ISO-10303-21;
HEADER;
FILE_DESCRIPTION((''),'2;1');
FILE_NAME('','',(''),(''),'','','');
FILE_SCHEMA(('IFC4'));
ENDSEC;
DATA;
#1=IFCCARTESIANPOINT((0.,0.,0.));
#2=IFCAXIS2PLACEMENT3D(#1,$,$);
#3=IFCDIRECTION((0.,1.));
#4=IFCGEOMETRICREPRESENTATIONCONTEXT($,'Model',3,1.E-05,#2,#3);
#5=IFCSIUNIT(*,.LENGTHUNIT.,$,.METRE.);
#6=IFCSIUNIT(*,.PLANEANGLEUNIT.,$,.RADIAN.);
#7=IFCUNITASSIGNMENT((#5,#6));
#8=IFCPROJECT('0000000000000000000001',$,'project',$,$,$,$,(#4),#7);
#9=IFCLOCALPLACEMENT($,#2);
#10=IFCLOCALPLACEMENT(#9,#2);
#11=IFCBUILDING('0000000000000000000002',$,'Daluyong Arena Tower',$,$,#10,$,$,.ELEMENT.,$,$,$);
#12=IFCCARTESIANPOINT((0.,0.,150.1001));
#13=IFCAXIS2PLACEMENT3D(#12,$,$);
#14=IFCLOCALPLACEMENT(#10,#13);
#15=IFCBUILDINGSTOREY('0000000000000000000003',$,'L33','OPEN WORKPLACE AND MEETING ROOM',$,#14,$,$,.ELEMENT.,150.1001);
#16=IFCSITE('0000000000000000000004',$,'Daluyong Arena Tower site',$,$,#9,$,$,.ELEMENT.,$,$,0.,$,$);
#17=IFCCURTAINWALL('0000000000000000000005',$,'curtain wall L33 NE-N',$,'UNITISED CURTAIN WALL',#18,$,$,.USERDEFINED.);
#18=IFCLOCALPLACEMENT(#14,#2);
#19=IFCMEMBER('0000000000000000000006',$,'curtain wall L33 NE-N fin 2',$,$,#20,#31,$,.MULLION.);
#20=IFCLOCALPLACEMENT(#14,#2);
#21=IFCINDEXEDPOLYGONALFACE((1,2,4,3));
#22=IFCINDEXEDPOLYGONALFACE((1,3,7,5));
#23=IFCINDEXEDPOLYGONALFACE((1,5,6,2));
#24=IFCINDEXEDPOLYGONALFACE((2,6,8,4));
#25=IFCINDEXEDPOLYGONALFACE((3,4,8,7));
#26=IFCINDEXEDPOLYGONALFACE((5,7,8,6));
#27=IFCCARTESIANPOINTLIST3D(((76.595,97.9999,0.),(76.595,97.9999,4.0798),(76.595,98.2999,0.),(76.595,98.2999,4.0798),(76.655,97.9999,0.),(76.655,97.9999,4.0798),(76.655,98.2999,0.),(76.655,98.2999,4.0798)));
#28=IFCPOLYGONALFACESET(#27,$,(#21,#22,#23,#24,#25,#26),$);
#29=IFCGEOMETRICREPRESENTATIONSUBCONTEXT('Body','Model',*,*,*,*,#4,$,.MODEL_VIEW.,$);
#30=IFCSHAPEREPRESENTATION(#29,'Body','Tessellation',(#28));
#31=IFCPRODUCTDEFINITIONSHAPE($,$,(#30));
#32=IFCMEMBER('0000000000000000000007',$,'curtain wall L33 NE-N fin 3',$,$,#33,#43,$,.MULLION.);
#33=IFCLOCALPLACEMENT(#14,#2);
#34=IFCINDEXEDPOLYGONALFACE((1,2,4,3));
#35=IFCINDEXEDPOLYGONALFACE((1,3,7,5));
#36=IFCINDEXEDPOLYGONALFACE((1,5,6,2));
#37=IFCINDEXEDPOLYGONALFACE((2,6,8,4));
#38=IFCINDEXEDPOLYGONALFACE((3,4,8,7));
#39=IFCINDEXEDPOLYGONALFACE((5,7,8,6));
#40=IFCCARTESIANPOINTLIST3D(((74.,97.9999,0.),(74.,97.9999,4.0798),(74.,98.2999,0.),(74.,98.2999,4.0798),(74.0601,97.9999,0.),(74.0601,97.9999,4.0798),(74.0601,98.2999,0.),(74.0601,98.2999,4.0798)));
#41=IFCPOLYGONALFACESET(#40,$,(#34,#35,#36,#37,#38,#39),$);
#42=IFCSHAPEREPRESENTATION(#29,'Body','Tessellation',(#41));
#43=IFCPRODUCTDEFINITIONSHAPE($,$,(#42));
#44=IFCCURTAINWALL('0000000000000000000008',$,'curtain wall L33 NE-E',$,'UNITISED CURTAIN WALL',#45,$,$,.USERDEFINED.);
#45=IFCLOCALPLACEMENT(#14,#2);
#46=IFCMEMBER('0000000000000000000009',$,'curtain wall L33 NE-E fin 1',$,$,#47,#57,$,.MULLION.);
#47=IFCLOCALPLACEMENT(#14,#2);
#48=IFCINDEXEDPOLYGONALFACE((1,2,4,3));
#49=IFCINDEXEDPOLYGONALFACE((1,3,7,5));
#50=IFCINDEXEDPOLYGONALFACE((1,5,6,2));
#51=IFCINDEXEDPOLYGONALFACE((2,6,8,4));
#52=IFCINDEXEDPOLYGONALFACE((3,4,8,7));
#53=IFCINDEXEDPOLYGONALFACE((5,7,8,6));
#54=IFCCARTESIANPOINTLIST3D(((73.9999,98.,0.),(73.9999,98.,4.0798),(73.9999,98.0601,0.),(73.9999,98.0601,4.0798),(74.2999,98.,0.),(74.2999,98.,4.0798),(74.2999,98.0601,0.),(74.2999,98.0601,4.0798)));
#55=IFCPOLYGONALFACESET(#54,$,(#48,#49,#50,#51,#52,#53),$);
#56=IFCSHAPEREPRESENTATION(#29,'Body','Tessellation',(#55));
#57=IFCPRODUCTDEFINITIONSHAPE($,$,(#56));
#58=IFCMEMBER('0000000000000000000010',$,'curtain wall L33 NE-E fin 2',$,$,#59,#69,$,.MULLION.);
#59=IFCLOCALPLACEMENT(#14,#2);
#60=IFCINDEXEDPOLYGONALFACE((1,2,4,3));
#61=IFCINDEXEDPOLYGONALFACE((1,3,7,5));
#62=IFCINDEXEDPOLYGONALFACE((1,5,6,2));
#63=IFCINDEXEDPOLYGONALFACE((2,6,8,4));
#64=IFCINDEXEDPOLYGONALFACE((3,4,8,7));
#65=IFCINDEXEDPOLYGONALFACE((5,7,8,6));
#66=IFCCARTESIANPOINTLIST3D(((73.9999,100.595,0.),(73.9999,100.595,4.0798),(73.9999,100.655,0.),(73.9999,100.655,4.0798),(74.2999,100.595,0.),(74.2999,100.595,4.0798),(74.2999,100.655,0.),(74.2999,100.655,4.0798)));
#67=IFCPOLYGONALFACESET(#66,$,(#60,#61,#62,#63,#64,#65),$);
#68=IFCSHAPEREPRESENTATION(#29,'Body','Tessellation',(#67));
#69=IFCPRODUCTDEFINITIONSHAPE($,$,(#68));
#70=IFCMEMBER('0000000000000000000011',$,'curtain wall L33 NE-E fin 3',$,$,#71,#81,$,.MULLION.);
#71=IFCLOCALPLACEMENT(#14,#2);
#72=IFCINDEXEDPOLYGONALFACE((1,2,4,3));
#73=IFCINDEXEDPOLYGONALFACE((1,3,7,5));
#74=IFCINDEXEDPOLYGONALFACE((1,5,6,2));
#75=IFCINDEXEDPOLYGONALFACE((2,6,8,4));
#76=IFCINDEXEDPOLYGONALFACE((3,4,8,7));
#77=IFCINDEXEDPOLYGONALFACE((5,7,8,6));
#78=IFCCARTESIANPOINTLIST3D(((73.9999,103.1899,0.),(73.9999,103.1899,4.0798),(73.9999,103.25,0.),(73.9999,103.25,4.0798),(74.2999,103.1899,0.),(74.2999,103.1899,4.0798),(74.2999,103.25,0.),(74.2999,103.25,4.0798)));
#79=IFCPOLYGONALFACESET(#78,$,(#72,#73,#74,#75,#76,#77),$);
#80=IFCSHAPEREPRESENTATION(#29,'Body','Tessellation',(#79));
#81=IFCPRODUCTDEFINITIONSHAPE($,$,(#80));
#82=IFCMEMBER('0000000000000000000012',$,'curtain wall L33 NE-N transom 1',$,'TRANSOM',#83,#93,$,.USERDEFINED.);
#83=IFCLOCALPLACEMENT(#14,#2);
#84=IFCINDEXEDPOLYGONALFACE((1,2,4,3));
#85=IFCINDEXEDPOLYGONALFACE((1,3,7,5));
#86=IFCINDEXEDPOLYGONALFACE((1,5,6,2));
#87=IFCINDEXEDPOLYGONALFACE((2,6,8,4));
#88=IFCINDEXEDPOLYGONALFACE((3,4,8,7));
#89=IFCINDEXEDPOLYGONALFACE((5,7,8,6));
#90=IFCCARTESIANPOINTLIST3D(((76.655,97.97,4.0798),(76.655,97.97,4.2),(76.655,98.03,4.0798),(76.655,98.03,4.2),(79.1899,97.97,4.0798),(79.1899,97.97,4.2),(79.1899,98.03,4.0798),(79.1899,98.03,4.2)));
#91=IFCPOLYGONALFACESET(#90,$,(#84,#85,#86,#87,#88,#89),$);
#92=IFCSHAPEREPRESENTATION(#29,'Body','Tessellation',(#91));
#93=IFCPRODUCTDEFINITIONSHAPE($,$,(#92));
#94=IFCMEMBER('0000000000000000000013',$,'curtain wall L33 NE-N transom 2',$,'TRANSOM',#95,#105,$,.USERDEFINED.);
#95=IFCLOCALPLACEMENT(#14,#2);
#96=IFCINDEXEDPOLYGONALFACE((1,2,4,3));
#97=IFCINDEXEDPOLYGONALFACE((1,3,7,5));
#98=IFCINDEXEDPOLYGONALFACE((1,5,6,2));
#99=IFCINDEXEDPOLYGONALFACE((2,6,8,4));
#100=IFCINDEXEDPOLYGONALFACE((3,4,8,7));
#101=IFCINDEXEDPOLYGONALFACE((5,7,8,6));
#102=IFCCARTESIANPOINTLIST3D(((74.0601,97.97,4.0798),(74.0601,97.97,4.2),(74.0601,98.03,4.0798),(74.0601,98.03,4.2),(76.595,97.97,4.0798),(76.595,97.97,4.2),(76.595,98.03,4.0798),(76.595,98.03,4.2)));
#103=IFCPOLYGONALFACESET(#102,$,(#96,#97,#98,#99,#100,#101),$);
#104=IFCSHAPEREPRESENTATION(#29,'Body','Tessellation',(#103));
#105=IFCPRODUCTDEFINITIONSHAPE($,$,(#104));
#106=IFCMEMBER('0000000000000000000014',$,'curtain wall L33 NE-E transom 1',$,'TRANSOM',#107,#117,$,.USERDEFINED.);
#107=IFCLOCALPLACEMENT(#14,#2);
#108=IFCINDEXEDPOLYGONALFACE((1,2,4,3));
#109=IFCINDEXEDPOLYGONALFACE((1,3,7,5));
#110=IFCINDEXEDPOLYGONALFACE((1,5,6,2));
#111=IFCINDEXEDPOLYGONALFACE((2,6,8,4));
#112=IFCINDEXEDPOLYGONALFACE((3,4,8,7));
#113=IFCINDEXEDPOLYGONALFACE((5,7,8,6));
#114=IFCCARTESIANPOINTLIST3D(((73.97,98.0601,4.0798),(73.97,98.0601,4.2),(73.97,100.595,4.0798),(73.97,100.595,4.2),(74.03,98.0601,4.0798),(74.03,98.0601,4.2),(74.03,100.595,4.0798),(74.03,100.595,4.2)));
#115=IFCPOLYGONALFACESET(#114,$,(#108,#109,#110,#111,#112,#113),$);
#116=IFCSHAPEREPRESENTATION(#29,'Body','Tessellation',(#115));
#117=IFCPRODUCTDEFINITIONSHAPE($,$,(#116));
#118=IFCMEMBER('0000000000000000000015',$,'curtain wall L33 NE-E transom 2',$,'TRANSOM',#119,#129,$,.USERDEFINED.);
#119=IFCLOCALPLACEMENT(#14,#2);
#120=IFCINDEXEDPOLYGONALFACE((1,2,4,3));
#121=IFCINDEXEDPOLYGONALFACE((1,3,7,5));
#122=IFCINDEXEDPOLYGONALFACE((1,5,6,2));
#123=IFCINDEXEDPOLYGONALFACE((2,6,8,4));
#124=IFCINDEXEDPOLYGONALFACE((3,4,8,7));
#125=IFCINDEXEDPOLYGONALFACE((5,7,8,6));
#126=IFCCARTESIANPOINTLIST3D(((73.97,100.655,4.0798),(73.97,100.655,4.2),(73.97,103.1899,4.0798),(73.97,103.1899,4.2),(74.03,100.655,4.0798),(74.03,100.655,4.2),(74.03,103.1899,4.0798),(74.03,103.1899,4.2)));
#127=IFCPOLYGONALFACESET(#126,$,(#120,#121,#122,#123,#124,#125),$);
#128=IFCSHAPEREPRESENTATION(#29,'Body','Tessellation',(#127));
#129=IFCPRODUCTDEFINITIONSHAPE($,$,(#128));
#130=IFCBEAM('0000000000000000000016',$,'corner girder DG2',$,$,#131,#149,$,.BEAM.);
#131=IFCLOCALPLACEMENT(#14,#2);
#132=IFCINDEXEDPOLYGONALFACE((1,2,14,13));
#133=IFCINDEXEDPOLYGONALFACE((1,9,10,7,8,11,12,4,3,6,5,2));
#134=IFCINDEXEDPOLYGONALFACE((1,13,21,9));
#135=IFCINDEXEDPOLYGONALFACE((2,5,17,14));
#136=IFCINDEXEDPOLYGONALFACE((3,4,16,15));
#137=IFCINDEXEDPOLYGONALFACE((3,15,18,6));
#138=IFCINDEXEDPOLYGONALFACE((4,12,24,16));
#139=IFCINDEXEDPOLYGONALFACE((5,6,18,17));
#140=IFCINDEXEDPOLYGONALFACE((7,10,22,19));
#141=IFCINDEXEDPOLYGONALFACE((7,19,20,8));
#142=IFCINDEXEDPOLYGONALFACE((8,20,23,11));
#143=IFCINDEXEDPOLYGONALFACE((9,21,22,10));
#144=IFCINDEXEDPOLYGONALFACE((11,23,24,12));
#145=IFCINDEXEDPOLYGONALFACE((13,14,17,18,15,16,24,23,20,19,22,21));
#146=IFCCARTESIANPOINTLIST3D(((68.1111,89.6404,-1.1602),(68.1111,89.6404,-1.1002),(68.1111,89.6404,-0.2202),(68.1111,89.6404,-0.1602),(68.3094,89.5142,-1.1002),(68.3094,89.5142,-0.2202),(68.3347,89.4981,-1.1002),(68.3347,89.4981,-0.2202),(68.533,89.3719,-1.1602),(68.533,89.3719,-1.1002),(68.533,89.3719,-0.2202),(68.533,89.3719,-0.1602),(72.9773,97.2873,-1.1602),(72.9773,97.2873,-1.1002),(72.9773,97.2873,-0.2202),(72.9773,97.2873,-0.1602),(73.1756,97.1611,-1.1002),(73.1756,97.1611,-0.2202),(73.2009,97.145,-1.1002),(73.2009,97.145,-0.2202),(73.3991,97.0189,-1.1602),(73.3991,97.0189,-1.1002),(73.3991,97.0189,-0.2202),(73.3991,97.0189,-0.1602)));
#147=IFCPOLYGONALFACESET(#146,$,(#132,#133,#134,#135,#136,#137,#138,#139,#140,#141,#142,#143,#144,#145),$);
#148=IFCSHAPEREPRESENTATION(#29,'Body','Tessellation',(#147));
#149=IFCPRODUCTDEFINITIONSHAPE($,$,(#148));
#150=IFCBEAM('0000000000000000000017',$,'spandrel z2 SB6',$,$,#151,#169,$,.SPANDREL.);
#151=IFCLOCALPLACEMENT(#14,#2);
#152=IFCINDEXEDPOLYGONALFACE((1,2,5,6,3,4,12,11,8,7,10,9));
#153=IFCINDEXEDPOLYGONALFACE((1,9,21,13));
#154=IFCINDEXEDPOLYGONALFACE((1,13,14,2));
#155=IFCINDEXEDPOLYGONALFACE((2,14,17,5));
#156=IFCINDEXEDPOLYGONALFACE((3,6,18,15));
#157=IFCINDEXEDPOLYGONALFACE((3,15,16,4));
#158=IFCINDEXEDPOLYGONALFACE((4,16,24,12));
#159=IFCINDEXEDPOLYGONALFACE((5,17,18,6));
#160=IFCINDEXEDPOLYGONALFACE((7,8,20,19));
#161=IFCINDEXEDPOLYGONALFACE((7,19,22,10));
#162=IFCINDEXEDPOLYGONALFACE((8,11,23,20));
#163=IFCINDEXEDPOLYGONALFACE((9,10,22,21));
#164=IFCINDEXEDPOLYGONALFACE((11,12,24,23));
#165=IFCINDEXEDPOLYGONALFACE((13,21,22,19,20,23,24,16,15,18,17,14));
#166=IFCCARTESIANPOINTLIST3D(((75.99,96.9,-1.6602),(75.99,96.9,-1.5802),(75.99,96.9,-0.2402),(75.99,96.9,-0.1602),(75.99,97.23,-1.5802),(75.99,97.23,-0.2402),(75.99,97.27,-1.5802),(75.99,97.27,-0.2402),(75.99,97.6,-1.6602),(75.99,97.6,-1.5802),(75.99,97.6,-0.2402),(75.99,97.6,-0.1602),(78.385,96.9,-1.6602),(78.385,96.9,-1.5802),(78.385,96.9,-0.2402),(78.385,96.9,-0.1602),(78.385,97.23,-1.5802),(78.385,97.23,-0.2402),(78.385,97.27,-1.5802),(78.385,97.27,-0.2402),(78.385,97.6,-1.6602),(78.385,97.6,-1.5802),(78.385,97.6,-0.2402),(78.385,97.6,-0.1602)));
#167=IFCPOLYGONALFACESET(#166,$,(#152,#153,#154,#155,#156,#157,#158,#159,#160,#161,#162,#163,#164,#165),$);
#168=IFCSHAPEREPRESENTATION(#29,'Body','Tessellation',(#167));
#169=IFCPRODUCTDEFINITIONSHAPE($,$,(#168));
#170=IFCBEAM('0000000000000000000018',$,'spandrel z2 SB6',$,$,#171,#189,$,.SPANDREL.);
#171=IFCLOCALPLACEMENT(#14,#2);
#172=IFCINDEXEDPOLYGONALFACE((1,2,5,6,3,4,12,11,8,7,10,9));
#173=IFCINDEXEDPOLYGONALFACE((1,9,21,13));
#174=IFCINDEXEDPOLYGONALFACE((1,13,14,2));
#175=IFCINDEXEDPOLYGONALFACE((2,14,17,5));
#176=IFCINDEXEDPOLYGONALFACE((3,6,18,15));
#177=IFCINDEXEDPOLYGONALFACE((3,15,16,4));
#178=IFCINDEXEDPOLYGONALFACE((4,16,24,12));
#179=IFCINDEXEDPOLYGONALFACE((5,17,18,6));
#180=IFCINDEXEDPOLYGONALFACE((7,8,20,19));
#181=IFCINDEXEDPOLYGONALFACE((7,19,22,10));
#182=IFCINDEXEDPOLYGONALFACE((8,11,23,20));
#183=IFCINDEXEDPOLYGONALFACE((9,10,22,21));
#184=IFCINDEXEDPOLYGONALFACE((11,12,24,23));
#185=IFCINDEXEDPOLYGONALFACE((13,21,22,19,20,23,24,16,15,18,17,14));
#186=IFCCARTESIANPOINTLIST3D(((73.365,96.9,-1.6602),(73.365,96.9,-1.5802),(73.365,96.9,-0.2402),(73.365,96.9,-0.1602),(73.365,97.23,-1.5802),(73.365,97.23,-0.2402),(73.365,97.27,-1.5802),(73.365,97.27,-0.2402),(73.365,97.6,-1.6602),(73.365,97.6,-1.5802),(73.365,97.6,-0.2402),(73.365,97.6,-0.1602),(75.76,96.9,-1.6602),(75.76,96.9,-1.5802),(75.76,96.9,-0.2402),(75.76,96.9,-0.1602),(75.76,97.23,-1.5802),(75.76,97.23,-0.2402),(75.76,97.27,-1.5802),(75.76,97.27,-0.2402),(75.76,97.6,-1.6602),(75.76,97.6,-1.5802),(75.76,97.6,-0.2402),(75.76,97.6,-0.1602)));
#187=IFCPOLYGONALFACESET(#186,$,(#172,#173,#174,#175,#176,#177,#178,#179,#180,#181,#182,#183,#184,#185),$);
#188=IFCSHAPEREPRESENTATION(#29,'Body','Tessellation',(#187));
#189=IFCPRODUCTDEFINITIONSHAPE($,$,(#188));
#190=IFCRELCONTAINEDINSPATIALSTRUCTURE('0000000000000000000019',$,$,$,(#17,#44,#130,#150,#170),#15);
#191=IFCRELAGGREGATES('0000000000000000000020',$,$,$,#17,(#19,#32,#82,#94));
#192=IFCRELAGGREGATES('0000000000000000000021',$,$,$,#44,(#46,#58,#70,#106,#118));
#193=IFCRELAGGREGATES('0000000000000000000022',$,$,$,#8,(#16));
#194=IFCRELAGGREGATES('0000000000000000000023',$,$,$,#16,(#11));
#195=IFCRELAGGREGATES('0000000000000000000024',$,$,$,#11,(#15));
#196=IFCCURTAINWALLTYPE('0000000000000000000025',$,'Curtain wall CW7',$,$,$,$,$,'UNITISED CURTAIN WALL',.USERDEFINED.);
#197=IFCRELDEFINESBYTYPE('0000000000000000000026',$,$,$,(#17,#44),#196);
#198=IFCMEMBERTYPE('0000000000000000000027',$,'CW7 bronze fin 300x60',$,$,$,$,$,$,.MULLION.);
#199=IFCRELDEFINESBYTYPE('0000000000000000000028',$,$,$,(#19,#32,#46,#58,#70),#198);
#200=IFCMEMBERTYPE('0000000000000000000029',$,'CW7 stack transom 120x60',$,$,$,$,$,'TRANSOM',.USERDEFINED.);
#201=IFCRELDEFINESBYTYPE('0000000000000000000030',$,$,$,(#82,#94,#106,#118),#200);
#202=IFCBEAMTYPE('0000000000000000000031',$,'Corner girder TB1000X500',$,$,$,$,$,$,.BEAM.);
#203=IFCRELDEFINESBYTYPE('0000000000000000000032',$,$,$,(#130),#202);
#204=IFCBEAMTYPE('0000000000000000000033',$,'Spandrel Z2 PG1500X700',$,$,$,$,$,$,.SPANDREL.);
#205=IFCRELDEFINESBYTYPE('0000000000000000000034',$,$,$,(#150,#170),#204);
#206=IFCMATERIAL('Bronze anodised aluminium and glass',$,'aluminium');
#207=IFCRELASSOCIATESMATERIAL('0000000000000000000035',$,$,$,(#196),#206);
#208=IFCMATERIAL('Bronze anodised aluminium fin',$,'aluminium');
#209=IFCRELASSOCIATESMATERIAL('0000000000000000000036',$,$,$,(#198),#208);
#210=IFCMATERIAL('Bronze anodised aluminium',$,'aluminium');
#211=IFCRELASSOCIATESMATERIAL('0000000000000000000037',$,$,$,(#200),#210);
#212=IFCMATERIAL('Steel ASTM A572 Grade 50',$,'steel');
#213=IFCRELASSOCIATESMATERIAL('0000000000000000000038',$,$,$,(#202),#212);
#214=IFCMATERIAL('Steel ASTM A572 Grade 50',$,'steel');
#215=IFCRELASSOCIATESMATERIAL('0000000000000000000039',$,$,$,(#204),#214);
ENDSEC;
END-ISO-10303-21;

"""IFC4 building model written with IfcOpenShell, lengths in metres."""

from ifc_helpers import new_model, si_unit, direction, frame, origin, origin_2d, place, context, subcontext, project, spatial, rectangle, i_section, extrude, material, material_profile, profile_set, type_object, element, aggregate, save


model = new_model("IFC4")

# Units and contexts
model_context = context("Model", 3, precision=1e-05, world=origin(), true_north=direction((0.0, 1.0)))
body_context = subcontext(model_context, "Body", "Model", "MODEL_VIEW")
ifc_project = project(units=[si_unit("LENGTHUNIT", "METRE"), si_unit("PLANEANGLEUNIT", "RADIAN")], contexts=[model_context])

# Site, building, storey
site_placement = place(None, origin())
site = spatial("IfcSite", under=ifc_project, at=site_placement, Name="Daluyong Arena Tower site", CompositionType="ELEMENT", RefElevation=0.0)
building_placement = place(site_placement, origin())
building = spatial("IfcBuilding", under=site, at=building_placement, Name="Daluyong Arena Tower", CompositionType="ELEMENT")
storey_placement = place(building_placement, frame((0.0, 0.0, 150.1001)))
storey = spatial("IfcBuildingStorey", under=building, at=storey_placement, Name="L33", Description="OPEN WORKPLACE AND MEETING ROOM", CompositionType="ELEMENT", Elevation=150.1001)

# Curtain walls, members
ifc_material_1 = material(Name="Bronze anodised aluminium and glass", Category="aluminium")
curtain_wall_type_1 = type_object("IfcCurtainWallType", Name="Curtain wall CW7", ElementType="UNITISED CURTAIN WALL", PredefinedType="USERDEFINED", material=ifc_material_1)
curtain_wall_1_placement = place(storey_placement, origin())
curtain_wall_1 = element("IfcCurtainWall", 1, at=curtain_wall_1_placement, inside=storey, type_object=curtain_wall_type_1, Name="curtain wall L33 NE-N", ObjectType="UNITISED CURTAIN WALL", PredefinedType="USERDEFINED")
ifc_material_2 = material(Name="Bronze anodised aluminium fin", Category="aluminium")
ifc_material_profile_1 = material_profile(ifc_material_2, rectangle(XDim=0.3, YDim=0.0601, at=origin_2d()))
ifc_profile_set_1 = profile_set([ifc_material_profile_1], Name="Bronze anodised aluminium fin")
member_type_1 = type_object("IfcMemberType", Name="CW7 bronze fin 300x60", PredefinedType="MULLION", material=ifc_profile_set_1)
member_1_placement = place(storey_placement, frame((76.625, 98.1499, 0.0), z_axis=(0.0, 0.0, 1.0), x_axis=(0.0, -1.0, 0.0)))
member_1 = element("IfcMember", 2, at=member_1_placement, type_object=member_type_1, Name="curtain wall L33 NE-N fin 2", PredefinedType="MULLION", context=body_context, shape_type="SweptSolid", body=[
    extrude(rectangle(XDim=0.3, YDim=0.0601, at=origin_2d()), origin(), (0.0, 0.0, 1.0), 4.0798),
])
member_2_placement = place(storey_placement, frame((74.03, 98.1499, 0.0), z_axis=(0.0, 0.0, 1.0), x_axis=(0.0, -1.0, 0.0)))
member_2 = element("IfcMember", 3, at=member_2_placement, type_object=member_type_1, Name="curtain wall L33 NE-N fin 3", PredefinedType="MULLION", context=body_context, shape_type="SweptSolid", body=[
    extrude(rectangle(XDim=0.3, YDim=0.0601, at=origin_2d()), origin(), (0.0, 0.0, 1.0), 4.0798),
])
curtain_wall_2_placement = place(storey_placement, origin())
curtain_wall_2 = element("IfcCurtainWall", 4, at=curtain_wall_2_placement, inside=storey, type_object=curtain_wall_type_1, Name="curtain wall L33 NE-E", ObjectType="UNITISED CURTAIN WALL", PredefinedType="USERDEFINED")
member_3_placement = place(storey_placement, frame((74.1499, 98.03, 0.0), z_axis=(0.0, 0.0, 1.0), x_axis=(-1.0, 0.0, 0.0)))
member_3 = element("IfcMember", 5, at=member_3_placement, type_object=member_type_1, Name="curtain wall L33 NE-E fin 1", PredefinedType="MULLION", context=body_context, shape_type="SweptSolid", body=[
    extrude(rectangle(XDim=0.3, YDim=0.0601, at=origin_2d()), origin(), (0.0, 0.0, 1.0), 4.0798),
])
member_4_placement = place(storey_placement, frame((74.1499, 100.625, 0.0), z_axis=(0.0, 0.0, 1.0), x_axis=(-1.0, 0.0, 0.0)))
member_4 = element("IfcMember", 6, at=member_4_placement, type_object=member_type_1, Name="curtain wall L33 NE-E fin 2", PredefinedType="MULLION", context=body_context, shape_type="SweptSolid", body=[
    extrude(rectangle(XDim=0.3, YDim=0.0601, at=origin_2d()), origin(), (0.0, 0.0, 1.0), 4.0798),
])
member_5_placement = place(storey_placement, frame((74.1499, 103.22, 0.0), z_axis=(0.0, 0.0, 1.0), x_axis=(-1.0, 0.0, 0.0)))
member_5 = element("IfcMember", 7, at=member_5_placement, type_object=member_type_1, Name="curtain wall L33 NE-E fin 3", PredefinedType="MULLION", context=body_context, shape_type="SweptSolid", body=[
    extrude(rectangle(XDim=0.3, YDim=0.0601, at=origin_2d()), origin(), (0.0, 0.0, 1.0), 4.0798),
])

# Members
ifc_material_3 = material(Name="Bronze anodised aluminium", Category="aluminium")
ifc_material_profile_2 = material_profile(ifc_material_3, rectangle(XDim=0.0601, YDim=0.1201, at=origin_2d()))
ifc_profile_set_2 = profile_set([ifc_material_profile_2], Name="Bronze anodised aluminium")
member_type_2 = type_object("IfcMemberType", Name="CW7 stack transom 120x60", ElementType="TRANSOM", PredefinedType="USERDEFINED", material=ifc_profile_set_2)
member_6_placement = place(storey_placement, frame((79.1899, 98.0, 4.1399), z_axis=(-1.0, 0.0, 0.0), x_axis=(0.0, -1.0, 0.0)))
member_6 = element("IfcMember", 8, at=member_6_placement, type_object=member_type_2, Name="curtain wall L33 NE-N transom 1", ObjectType="TRANSOM", PredefinedType="USERDEFINED", context=body_context, shape_type="SweptSolid", body=[
    extrude(rectangle(XDim=0.0601, YDim=0.1201, at=origin_2d()), origin(), (0.0, 0.0, 1.0), 2.5349),
])
member_7_placement = place(storey_placement, frame((76.595, 98.0, 4.1399), z_axis=(-1.0, 0.0, 0.0), x_axis=(0.0, -1.0, 0.0)))
member_7 = element("IfcMember", 9, at=member_7_placement, type_object=member_type_2, Name="curtain wall L33 NE-N transom 2", ObjectType="TRANSOM", PredefinedType="USERDEFINED", context=body_context, shape_type="SweptSolid", body=[
    extrude(rectangle(XDim=0.0601, YDim=0.1201, at=origin_2d()), origin(), (0.0, 0.0, 1.0), 2.5349),
])
member_8_placement = place(storey_placement, frame((74.0, 98.0601, 4.1399), z_axis=(0.0, 1.0, 0.0), x_axis=(-1.0, 0.0, 0.0)))
member_8 = element("IfcMember", 10, at=member_8_placement, type_object=member_type_2, Name="curtain wall L33 NE-E transom 1", ObjectType="TRANSOM", PredefinedType="USERDEFINED", context=body_context, shape_type="SweptSolid", body=[
    extrude(rectangle(XDim=0.0601, YDim=0.1201, at=origin_2d()), origin(), (0.0, 0.0, 1.0), 2.5349),
])
member_9_placement = place(storey_placement, frame((74.0, 100.655, 4.1399), z_axis=(0.0, 1.0, 0.0), x_axis=(-1.0, 0.0, 0.0)))
member_9 = element("IfcMember", 11, at=member_9_placement, type_object=member_type_2, Name="curtain wall L33 NE-E transom 2", ObjectType="TRANSOM", PredefinedType="USERDEFINED", context=body_context, shape_type="SweptSolid", body=[
    extrude(rectangle(XDim=0.0601, YDim=0.1201, at=origin_2d()), origin(), (0.0, 0.0, 1.0), 2.5349),
])

# Beams
ifc_material_4 = material(Name="Steel ASTM A572 Grade 50", Category="steel")
ifc_material_profile_3 = material_profile(ifc_material_4, i_section(OverallWidth=0.5, OverallDepth=1.0, WebThickness=0.03, FlangeThickness=0.06, at=origin_2d()))
ifc_profile_set_3 = profile_set([ifc_material_profile_3], Name="Steel ASTM A572 Grade 50")
beam_type_1 = type_object("IfcBeamType", Name="Corner girder TB1000X500", PredefinedType="BEAM", material=ifc_profile_set_3)
beam_1_placement = place(storey_placement, frame((73.1882, 97.1531, -0.6602), z_axis=(-0.536872, -0.843664, 0.0), x_axis=(0.843664, -0.536872, 0.0)))
element("IfcBeam", 12, at=beam_1_placement, inside=storey, type_object=beam_type_1, Name="corner girder DG2", PredefinedType="BEAM", context=body_context, shape_type="SweptSolid", body=[
    extrude(i_section(OverallWidth=0.5, OverallDepth=1.0, WebThickness=0.03, FlangeThickness=0.06, at=origin_2d()), origin(), (0.0, 0.0, 1.0), 9.064),
])
ifc_material_5 = material(Name="Steel ASTM A572 Grade 50", Category="steel")
ifc_material_profile_4 = material_profile(ifc_material_5, i_section(OverallWidth=0.7, OverallDepth=1.5, WebThickness=0.04, FlangeThickness=0.08, at=origin_2d()))
ifc_profile_set_4 = profile_set([ifc_material_profile_4], Name="Steel ASTM A572 Grade 50")
beam_type_2 = type_object("IfcBeamType", Name="Spandrel Z2 PG1500X700", PredefinedType="SPANDREL", material=ifc_profile_set_4)
for number, where, z_axis, x_axis, name in (
    (13, (78.385, 97.25, -0.9102), (-1.0, 0.0, 0.0), (0.0, -1.0, 0.0), "spandrel z2 SB6"),
    (14, (75.76, 97.25, -0.9102), (-1.0, 0.0, 0.0), (0.0, -1.0, 0.0), "spandrel z2 SB6"),
):
    element("IfcBeam", number, at=place(storey_placement, frame(where, z_axis=z_axis, x_axis=x_axis)), inside=storey, type_object=beam_type_2, Name=name, PredefinedType="SPANDREL", context=body_context, shape_type="SweptSolid", body=[
        extrude(i_section(OverallWidth=0.7, OverallDepth=1.5, WebThickness=0.04, FlangeThickness=0.08, at=origin_2d()), origin(), (0.0, 0.0, 1.0), 2.395),
    ])

aggregate(curtain_wall_1, [member_1, member_2, member_6, member_7])
aggregate(curtain_wall_2, [member_3, member_4, member_5, member_8, member_9])

save(model, "model.ifc")
